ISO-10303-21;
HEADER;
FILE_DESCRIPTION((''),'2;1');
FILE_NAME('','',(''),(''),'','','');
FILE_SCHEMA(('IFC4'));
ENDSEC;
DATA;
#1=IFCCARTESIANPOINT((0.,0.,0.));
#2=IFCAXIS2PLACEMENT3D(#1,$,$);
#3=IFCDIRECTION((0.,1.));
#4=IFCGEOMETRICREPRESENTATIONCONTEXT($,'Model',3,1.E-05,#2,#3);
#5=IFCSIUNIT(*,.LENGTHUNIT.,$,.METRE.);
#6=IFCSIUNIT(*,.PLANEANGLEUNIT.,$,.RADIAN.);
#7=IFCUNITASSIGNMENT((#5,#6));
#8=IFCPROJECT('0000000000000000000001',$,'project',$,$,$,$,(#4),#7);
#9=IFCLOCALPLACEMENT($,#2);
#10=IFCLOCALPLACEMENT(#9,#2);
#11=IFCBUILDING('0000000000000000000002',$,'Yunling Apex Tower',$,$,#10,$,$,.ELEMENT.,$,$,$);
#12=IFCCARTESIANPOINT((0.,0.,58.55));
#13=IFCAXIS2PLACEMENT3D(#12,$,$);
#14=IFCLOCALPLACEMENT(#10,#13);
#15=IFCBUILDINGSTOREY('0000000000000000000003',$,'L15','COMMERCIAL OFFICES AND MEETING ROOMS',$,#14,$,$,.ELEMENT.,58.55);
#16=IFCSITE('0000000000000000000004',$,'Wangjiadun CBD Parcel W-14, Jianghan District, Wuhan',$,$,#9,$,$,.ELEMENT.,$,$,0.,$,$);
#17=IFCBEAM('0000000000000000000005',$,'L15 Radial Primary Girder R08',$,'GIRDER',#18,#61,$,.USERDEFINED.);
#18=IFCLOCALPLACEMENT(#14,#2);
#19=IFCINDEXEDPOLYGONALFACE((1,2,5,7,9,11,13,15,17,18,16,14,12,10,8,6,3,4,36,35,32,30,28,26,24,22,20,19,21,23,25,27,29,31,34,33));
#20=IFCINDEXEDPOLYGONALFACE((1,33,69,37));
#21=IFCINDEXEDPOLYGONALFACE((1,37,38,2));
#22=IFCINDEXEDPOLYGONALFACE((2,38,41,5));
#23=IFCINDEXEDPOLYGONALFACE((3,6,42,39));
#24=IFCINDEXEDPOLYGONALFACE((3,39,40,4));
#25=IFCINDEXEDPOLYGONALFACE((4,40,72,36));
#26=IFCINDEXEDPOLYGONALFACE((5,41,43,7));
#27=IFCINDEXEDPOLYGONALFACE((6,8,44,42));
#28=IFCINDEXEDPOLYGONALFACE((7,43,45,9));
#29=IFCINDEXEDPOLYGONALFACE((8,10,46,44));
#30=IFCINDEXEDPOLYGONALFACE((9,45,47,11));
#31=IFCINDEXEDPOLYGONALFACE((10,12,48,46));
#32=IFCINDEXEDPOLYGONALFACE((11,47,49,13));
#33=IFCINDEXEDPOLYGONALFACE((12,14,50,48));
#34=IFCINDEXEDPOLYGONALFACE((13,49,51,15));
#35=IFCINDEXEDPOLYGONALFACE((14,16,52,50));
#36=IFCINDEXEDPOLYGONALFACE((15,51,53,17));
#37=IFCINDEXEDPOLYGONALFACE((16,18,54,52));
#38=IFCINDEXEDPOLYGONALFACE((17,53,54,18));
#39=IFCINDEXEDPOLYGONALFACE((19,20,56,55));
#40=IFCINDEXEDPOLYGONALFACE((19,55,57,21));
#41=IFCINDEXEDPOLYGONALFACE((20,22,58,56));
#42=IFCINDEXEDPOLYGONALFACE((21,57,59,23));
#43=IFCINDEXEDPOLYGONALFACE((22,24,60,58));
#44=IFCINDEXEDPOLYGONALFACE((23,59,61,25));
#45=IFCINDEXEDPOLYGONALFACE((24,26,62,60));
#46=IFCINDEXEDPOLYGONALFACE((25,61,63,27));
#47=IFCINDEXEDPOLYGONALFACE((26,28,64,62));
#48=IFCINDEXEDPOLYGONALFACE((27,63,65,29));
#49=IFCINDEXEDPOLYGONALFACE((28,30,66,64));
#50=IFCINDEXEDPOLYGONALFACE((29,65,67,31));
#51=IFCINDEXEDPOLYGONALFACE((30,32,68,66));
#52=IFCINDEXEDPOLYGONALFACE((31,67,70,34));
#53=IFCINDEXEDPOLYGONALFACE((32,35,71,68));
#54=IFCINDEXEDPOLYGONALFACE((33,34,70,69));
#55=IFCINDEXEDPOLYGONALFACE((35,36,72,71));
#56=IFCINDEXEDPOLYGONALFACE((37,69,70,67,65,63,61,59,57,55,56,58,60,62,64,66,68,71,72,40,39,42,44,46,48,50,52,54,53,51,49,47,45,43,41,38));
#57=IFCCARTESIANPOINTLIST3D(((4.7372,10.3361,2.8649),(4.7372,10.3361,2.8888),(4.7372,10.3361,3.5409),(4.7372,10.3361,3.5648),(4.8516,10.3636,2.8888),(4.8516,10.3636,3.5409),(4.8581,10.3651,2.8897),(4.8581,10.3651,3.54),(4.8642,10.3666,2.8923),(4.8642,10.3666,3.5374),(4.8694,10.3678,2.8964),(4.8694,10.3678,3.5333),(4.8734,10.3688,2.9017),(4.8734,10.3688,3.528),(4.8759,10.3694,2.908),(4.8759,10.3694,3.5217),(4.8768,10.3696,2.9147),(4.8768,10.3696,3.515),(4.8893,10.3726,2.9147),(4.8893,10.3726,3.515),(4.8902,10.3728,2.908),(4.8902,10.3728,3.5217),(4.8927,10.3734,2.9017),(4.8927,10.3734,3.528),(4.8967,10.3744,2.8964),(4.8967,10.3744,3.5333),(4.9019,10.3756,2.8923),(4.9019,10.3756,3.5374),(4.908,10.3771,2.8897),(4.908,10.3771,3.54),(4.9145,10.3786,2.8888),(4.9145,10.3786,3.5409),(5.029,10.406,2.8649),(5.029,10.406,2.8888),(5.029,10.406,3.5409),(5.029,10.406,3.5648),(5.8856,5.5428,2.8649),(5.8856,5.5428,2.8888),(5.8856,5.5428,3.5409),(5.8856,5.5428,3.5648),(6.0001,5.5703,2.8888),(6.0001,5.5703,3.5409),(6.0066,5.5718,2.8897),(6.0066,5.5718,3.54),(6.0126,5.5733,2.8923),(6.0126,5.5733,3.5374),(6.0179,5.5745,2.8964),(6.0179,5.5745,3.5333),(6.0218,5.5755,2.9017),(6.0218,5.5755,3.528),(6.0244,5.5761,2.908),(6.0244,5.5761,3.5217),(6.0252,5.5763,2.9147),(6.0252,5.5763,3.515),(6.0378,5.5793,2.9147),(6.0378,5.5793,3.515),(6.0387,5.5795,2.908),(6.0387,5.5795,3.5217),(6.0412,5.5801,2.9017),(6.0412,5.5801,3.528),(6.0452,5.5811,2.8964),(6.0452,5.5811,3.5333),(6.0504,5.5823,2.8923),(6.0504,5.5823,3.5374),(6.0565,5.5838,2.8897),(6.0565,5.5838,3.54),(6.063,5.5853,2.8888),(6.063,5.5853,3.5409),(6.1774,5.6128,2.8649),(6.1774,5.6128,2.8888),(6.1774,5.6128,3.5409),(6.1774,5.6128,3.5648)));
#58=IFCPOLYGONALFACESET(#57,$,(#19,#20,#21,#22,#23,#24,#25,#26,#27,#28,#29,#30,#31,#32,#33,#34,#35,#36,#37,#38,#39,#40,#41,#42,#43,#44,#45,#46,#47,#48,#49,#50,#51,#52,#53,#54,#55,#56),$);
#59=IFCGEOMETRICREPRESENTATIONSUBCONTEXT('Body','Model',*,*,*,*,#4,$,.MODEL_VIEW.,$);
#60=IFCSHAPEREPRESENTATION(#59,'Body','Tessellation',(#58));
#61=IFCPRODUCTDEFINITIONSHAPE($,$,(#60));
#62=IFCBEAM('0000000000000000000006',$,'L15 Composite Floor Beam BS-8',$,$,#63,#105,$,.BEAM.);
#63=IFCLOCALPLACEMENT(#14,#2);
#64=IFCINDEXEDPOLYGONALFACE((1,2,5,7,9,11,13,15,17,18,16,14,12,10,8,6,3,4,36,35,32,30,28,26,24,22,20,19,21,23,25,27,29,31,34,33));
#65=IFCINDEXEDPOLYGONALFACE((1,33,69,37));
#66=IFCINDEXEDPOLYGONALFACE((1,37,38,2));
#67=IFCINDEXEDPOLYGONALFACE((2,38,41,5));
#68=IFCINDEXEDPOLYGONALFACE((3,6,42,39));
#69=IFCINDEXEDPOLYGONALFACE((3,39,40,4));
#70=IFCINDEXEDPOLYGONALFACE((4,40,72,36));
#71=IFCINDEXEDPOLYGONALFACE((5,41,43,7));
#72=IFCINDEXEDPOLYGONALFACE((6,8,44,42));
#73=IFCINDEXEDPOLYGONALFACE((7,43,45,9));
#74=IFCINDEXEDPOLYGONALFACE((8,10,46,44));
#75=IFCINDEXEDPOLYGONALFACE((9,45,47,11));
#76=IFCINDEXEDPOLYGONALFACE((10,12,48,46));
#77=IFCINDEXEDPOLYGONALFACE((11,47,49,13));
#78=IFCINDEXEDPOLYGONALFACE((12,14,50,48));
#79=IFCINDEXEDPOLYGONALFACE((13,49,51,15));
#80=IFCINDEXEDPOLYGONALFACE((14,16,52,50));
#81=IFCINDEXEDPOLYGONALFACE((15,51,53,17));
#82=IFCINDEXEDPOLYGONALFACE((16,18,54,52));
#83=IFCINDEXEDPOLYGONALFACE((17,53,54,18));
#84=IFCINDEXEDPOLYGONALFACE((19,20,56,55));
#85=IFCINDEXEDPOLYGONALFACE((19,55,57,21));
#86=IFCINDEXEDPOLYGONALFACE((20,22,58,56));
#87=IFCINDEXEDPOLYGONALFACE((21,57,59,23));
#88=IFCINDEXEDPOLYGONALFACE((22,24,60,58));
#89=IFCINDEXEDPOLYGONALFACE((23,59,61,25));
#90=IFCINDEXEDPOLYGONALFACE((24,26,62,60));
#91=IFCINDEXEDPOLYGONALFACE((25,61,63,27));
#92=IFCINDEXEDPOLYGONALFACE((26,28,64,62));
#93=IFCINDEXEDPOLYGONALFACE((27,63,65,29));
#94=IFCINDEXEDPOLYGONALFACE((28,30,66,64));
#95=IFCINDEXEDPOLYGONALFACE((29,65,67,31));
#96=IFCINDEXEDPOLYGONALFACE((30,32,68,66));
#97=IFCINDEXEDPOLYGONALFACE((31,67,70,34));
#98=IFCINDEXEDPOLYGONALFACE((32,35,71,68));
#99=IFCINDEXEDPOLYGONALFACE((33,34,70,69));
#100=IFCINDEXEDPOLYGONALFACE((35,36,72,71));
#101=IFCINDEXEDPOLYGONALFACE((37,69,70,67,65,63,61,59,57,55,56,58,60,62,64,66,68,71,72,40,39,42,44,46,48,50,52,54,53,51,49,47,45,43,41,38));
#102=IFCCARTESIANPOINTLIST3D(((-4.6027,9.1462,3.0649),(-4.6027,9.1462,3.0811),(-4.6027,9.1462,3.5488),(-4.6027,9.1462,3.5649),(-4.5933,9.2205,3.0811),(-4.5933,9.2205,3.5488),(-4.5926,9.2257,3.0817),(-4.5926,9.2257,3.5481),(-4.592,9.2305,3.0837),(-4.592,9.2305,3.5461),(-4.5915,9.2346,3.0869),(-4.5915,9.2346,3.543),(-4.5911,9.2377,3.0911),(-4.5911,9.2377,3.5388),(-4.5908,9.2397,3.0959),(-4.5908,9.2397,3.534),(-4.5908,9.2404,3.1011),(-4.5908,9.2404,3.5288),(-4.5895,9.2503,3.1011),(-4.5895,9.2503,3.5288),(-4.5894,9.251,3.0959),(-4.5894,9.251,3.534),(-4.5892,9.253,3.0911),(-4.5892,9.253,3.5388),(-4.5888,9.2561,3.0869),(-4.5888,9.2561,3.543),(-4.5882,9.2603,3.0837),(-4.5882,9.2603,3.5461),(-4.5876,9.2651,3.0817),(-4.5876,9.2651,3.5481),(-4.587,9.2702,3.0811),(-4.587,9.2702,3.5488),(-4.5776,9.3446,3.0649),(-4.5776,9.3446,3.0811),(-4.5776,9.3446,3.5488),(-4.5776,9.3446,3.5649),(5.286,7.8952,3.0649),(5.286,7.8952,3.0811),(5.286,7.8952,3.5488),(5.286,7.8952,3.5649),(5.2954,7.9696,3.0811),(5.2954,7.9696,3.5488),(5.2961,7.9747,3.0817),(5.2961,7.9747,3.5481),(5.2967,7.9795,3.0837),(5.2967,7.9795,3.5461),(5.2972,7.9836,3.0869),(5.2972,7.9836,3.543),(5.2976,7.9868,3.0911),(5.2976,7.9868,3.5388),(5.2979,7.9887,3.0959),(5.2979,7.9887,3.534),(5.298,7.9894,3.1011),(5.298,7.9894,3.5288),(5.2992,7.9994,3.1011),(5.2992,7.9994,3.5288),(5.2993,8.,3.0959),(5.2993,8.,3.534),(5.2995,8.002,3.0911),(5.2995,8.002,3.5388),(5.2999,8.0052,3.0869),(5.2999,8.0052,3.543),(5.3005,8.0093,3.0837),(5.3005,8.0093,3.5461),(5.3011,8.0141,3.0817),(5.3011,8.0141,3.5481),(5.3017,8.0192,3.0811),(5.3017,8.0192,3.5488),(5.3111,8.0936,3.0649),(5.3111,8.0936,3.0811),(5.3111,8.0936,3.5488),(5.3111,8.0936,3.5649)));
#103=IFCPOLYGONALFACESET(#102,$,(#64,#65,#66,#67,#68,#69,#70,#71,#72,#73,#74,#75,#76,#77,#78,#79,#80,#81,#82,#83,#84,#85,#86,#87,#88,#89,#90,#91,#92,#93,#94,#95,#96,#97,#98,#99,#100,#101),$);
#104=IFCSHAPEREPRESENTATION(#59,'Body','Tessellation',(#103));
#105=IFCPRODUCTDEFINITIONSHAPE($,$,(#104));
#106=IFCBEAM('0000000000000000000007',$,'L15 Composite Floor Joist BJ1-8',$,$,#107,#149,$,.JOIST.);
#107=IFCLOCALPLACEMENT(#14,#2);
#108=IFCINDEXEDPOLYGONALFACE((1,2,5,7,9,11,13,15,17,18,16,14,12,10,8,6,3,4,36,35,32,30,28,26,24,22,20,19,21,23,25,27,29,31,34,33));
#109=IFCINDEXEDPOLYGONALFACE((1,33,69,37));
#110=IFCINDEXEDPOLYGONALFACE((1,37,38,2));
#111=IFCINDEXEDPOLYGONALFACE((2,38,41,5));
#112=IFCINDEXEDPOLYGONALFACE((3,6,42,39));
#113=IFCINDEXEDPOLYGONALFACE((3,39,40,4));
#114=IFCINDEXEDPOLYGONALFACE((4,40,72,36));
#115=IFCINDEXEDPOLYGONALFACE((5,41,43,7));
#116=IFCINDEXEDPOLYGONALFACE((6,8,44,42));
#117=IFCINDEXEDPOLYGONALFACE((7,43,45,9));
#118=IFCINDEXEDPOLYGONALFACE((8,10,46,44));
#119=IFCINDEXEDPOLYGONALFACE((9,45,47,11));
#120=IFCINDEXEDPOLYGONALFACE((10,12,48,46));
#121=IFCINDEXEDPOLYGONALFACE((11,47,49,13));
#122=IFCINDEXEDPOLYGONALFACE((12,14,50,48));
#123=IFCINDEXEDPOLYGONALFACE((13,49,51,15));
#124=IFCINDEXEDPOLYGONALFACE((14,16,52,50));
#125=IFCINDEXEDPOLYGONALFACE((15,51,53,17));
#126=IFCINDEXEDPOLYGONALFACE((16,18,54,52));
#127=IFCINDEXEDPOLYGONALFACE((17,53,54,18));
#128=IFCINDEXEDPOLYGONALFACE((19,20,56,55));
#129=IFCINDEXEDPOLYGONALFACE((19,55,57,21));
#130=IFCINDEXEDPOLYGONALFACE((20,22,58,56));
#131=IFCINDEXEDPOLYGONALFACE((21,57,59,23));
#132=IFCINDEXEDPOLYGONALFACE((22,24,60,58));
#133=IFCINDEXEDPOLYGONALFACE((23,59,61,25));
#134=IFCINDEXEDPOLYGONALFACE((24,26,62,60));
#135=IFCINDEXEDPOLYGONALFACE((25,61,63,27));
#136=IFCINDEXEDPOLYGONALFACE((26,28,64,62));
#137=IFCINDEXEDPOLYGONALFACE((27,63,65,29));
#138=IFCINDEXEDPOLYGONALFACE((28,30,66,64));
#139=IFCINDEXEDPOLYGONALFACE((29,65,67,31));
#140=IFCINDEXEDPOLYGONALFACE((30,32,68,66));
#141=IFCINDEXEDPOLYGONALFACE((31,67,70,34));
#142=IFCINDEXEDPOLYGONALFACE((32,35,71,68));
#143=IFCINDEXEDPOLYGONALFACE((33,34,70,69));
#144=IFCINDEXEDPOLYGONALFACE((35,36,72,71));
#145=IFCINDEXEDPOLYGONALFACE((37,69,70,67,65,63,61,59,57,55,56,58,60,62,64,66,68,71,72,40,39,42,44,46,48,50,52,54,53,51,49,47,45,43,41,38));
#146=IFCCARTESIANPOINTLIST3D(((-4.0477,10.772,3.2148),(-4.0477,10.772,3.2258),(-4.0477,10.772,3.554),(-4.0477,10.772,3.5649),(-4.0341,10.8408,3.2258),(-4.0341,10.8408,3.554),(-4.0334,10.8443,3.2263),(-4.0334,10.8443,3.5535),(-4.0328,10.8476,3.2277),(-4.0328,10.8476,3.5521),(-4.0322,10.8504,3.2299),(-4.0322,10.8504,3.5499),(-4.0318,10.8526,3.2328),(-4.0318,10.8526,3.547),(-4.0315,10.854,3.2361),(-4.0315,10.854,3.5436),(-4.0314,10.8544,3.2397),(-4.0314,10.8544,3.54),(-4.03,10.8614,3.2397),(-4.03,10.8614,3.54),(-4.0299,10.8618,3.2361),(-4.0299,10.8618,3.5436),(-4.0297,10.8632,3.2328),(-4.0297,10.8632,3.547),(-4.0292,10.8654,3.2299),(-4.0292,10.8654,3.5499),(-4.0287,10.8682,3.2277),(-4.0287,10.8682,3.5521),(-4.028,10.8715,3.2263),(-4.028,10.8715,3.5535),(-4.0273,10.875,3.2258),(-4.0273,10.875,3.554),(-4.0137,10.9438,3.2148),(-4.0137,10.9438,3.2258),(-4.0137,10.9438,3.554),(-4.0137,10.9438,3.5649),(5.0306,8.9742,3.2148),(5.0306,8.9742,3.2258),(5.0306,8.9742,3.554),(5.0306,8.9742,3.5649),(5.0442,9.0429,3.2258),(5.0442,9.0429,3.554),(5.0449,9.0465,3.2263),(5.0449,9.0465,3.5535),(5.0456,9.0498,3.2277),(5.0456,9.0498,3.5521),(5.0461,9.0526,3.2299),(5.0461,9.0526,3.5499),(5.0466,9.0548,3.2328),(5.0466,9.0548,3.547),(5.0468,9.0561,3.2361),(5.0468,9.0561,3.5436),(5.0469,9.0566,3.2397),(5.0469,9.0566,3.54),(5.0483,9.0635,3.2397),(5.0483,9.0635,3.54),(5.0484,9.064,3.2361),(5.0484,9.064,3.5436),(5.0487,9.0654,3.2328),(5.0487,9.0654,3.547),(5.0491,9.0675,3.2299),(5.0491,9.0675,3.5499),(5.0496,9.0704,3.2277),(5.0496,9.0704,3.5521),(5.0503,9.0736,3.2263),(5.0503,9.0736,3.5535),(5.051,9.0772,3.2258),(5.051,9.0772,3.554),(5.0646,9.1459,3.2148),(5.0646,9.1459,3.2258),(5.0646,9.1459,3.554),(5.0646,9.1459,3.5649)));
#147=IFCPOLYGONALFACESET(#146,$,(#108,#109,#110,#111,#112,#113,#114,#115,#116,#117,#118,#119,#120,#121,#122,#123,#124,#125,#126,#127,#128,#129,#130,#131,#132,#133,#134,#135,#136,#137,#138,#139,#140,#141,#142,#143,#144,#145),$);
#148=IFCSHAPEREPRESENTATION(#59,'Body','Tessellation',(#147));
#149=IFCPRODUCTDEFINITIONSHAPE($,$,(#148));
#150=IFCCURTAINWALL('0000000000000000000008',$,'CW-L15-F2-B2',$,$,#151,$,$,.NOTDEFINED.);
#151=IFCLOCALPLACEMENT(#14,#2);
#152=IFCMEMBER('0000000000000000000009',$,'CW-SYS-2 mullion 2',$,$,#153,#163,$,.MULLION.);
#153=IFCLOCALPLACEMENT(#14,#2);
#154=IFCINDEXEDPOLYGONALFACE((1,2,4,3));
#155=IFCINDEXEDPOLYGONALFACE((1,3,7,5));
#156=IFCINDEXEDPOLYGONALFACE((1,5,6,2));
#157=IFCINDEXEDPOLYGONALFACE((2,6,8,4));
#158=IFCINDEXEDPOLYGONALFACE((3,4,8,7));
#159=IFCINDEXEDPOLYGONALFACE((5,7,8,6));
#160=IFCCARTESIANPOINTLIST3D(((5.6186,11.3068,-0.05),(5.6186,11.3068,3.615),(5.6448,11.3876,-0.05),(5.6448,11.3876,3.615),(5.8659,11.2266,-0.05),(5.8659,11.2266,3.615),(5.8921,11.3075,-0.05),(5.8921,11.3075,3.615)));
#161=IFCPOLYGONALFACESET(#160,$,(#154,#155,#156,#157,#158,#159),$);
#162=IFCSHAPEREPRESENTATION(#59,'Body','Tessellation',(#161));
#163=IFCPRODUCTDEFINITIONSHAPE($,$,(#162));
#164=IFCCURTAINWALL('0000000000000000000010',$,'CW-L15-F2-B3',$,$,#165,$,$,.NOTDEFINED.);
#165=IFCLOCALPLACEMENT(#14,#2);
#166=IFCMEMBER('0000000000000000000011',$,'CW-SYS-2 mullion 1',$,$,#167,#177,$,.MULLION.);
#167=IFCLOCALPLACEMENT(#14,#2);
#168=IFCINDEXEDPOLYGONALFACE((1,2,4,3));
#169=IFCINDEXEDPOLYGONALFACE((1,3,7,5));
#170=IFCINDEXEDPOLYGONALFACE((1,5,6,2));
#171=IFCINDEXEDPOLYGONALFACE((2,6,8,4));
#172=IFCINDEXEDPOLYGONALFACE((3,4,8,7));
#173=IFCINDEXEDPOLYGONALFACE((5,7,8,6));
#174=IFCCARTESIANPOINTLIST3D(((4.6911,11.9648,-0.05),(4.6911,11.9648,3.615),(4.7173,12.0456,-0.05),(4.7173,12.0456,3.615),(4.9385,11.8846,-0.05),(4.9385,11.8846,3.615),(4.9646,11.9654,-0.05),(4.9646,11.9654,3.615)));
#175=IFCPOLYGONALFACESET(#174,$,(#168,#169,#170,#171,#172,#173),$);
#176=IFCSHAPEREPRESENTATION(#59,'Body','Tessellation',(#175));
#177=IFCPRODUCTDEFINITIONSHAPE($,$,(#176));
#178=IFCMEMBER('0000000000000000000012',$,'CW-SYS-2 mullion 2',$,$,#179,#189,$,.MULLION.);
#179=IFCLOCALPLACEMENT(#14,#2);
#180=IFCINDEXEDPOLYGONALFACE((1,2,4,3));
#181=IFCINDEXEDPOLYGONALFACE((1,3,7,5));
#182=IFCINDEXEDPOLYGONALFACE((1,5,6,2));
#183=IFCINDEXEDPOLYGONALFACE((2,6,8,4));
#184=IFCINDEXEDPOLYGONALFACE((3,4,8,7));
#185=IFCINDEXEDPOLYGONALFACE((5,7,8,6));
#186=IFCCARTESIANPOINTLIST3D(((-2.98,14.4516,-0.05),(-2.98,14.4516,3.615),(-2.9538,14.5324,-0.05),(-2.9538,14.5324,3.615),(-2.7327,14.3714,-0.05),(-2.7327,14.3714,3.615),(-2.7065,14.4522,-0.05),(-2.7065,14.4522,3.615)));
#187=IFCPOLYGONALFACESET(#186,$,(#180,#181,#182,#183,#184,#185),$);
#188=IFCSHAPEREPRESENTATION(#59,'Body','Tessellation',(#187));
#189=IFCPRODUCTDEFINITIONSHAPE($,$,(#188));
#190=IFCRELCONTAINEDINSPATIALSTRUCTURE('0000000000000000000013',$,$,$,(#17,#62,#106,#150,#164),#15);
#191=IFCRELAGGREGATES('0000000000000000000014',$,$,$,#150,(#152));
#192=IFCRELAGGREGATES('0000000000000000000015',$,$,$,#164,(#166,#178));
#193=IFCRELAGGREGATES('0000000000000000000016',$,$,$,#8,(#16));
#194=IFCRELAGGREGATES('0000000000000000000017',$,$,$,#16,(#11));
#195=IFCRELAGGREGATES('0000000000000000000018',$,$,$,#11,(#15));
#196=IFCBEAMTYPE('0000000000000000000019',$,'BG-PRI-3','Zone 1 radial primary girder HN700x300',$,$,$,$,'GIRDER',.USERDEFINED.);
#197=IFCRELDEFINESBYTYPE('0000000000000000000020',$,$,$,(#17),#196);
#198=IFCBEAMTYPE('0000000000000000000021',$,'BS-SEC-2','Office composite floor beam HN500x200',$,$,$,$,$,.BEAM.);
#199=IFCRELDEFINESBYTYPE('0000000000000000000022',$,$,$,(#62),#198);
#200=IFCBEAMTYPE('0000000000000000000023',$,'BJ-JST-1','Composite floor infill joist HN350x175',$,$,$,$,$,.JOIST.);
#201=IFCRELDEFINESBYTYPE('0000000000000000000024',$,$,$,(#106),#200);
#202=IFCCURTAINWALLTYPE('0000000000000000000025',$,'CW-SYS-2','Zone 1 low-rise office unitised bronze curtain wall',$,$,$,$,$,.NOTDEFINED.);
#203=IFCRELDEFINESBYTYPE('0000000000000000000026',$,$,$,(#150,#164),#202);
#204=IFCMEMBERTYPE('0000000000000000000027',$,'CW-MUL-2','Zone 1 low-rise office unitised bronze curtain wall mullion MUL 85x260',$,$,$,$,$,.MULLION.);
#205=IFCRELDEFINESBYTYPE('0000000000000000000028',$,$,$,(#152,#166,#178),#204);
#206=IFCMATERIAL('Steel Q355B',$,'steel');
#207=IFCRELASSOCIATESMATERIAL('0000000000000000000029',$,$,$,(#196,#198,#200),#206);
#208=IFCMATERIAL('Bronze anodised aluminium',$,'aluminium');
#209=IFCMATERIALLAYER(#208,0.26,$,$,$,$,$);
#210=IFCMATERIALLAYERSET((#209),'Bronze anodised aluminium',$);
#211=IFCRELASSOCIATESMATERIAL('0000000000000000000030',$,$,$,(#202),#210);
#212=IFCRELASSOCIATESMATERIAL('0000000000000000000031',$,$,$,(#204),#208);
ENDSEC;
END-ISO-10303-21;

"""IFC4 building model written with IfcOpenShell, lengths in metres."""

from ifc_helpers import new_model, si_unit, direction, frame, origin, origin_2d, place, context, subcontext, project, spatial, rectangle, i_section, extrude, source, transform, mapped, material, layer, layer_set, material_profile, profile_set, type_object, element, aggregate, save


model = new_model("IFC4")

# Units and contexts
model_context = context("Model", 3, precision=1e-05, world=origin(), true_north=direction((0.0, 1.0)))
body_context = subcontext(model_context, "Body", "Model", "MODEL_VIEW")
ifc_project = project(units=[si_unit("LENGTHUNIT", "METRE"), si_unit("PLANEANGLEUNIT", "RADIAN")], contexts=[model_context])

# Site, building, storey
site_placement = place(None, origin())
site = spatial("IfcSite", under=ifc_project, at=site_placement, Name="Wangjiadun CBD Parcel W-14, Jianghan District, Wuhan", CompositionType="ELEMENT", RefElevation=0.0)
building_placement = place(site_placement, origin())
building = spatial("IfcBuilding", under=site, at=building_placement, Name="Yunling Apex Tower", CompositionType="ELEMENT")
storey_placement = place(building_placement, frame((0.0, 0.0, 58.55)))
storey = spatial("IfcBuildingStorey", under=building, at=storey_placement, Name="L15", Description="COMMERCIAL OFFICES AND MEETING ROOMS", CompositionType="ELEMENT", Elevation=58.55)

# Beams
ifc_material_1 = material(Name="Steel Q355B", Category="steel")
ifc_material_profile_1 = material_profile(ifc_material_1, i_section(OverallWidth=0.3, OverallDepth=0.7, WebThickness=0.0129, FlangeThickness=0.0239, FilletRadius=0.0259, at=origin_2d()))
ifc_profile_set_1 = profile_set([ifc_material_profile_1], Name="Steel Q355B")
beam_type_1 = type_object("IfcBeamType", Name="BG-PRI-3", Description="Zone 1 radial primary girder HN700x300", ElementType="GIRDER", PredefinedType="USERDEFINED", material=ifc_profile_set_1)
shared_shape_1 = source(origin(), body_context, "Body", "SweptSolid", [
    extrude(i_section(OverallWidth=0.3, OverallDepth=0.7, WebThickness=0.0129, FlangeThickness=0.0239, FilletRadius=0.0259, at=origin_2d()), origin(), (0.0, 0.0, 1.0), 4.929),
])
beam_1_placement = place(storey_placement, frame((4.8831, 10.3711, 3.2148), z_axis=(0.233002, -0.972476, 0.0), x_axis=(0.972476, 0.233002, 0.0)))
element("IfcBeam", 1, at=beam_1_placement, inside=storey, type_object=beam_type_1, Name="L15 Radial Primary Girder R08", ObjectType="GIRDER", PredefinedType="USERDEFINED", context=body_context, shape_type="MappedRepresentation", body=[
    mapped(shared_shape_1, transform((0.0, 0.0, 0.0), scale=1.0)),
])
ifc_material_profile_2 = material_profile(ifc_material_1, i_section(OverallWidth=0.2, OverallDepth=0.5, WebThickness=0.01, FlangeThickness=0.0161, FilletRadius=0.02, at=origin_2d()))
ifc_profile_set_2 = profile_set([ifc_material_profile_2], Name="Steel Q355B")
beam_type_2 = type_object("IfcBeamType", Name="BS-SEC-2", Description="Office composite floor beam HN500x200", PredefinedType="BEAM", material=ifc_profile_set_2)
shared_shape_2 = source(origin(), body_context, "Body", "SweptSolid", [
    extrude(i_section(OverallWidth=0.2, OverallDepth=0.5, WebThickness=0.01, FlangeThickness=0.0161, FilletRadius=0.02, at=origin_2d()), origin(), (0.0, 0.0, 1.0), 9.9675),
])
beam_2_placement = place(storey_placement, frame((5.2986, 7.9944, 3.3149), z_axis=(-0.992093, 0.125506, 0.0), x_axis=(-0.125506, -0.992093, 0.0)))
element("IfcBeam", 2, at=beam_2_placement, inside=storey, type_object=beam_type_2, Name="L15 Composite Floor Beam BS-8", PredefinedType="BEAM", context=body_context, shape_type="MappedRepresentation", body=[
    mapped(shared_shape_2, transform((0.0, 0.0, 0.0), scale=1.0)),
])
ifc_material_profile_3 = material_profile(ifc_material_1, i_section(OverallWidth=0.175, OverallDepth=0.3501, WebThickness=0.0071, FlangeThickness=0.011, FilletRadius=0.0139, at=origin_2d()))
ifc_profile_set_3 = profile_set([ifc_material_profile_3], Name="Steel Q355B")
beam_type_3 = type_object("IfcBeamType", Name="BJ-JST-1", Description="Composite floor infill joist HN350x175", PredefinedType="JOIST", material=ifc_profile_set_3)
shared_shape_3 = source(origin(), body_context, "Body", "SweptSolid", [
    extrude(i_section(OverallWidth=0.175, OverallDepth=0.3501, WebThickness=0.0071, FlangeThickness=0.011, FilletRadius=0.0139, at=origin_2d()), origin(), (0.0, 0.0, 1.0), 9.2546),
])
beam_3_placement = place(storey_placement, frame((5.0476, 9.0601, 3.3899), z_axis=(-0.980949, 0.194264, 0.0), x_axis=(-0.194264, -0.980949, 0.0)))
element("IfcBeam", 3, at=beam_3_placement, inside=storey, type_object=beam_type_3, Name="L15 Composite Floor Joist BJ1-8", PredefinedType="JOIST", context=body_context, shape_type="MappedRepresentation", body=[
    mapped(shared_shape_3, transform((0.0, 0.0, 0.0), scale=1.0)),
])

# Curtain wall, member
ifc_material_2 = material(Name="Bronze anodised aluminium", Category="aluminium")
ifc_layer_1 = layer(ifc_material_2, 0.26)
ifc_layer_set_1 = layer_set([ifc_layer_1], Name="Bronze anodised aluminium")
curtain_wall_type = type_object("IfcCurtainWallType", Name="CW-SYS-2", Description="Zone 1 low-rise office unitised bronze curtain wall", PredefinedType="NOTDEFINED", material=ifc_layer_set_1)
curtain_wall_1_placement = place(storey_placement, origin())
curtain_wall_1 = element("IfcCurtainWall", 4, at=curtain_wall_1_placement, inside=storey, type_object=curtain_wall_type, Name="CW-L15-F2-B2", PredefinedType="NOTDEFINED")
ifc_material_profile_4 = material_profile(ifc_material_2, rectangle(XDim=0.085, YDim=0.26, at=origin_2d()))
ifc_profile_set_4 = profile_set([ifc_material_profile_4], Name="Bronze anodised aluminium")
member_type_1 = type_object("IfcMemberType", Name="CW-MUL-2", Description="Zone 1 low-rise office unitised bronze curtain wall mullion MUL 85x260", PredefinedType="MULLION", material=ifc_profile_set_4)
shared_shape_4 = source(origin(), body_context, "Body", "SweptSolid", [
    extrude(rectangle(XDim=0.085, YDim=0.26, at=origin_2d()), origin(), (0.0, 0.0, 1.0), 3.665),
])
member_1_placement = place(storey_placement, frame((5.7554, 11.3071, -0.05), z_axis=(0.0, 0.0, 1.0), x_axis=(-0.308352, -0.951272, 0.0)))
member_1 = element("IfcMember", 5, at=member_1_placement, type_object=member_type_1, Name="CW-SYS-2 mullion 2", PredefinedType="MULLION", context=body_context, shape_type="MappedRepresentation", body=[
    mapped(shared_shape_4, transform((0.0, 0.0, 0.0), scale=1.0)),
])
aggregate(curtain_wall_1, [member_1])

# Curtain wall, members
curtain_wall_2_placement = place(storey_placement, origin())
curtain_wall_2 = element("IfcCurtainWall", 6, at=curtain_wall_2_placement, inside=storey, type_object=curtain_wall_type, Name="CW-L15-F2-B3", PredefinedType="NOTDEFINED")
member_2_placement = place(storey_placement, frame((4.8279, 11.9651, -0.05), z_axis=(0.0, 0.0, 1.0), x_axis=(-0.308368, -0.951267, 0.0)))
member_2 = element("IfcMember", 7, at=member_2_placement, type_object=member_type_1, Name="CW-SYS-2 mullion 1", PredefinedType="MULLION", context=body_context, shape_type="MappedRepresentation", body=[
    mapped(shared_shape_4, transform((0.0, 0.0, 0.0), scale=1.0)),
])
member_3_placement = place(storey_placement, frame((-2.8433, 14.4519, -0.05), z_axis=(0.0, 0.0, 1.0), x_axis=(-0.308368, -0.951267, 0.0)))
member_3 = element("IfcMember", 8, at=member_3_placement, type_object=member_type_1, Name="CW-SYS-2 mullion 2", PredefinedType="MULLION", context=body_context, shape_type="MappedRepresentation", body=[
    mapped(shared_shape_4, transform((0.0, 0.0, 0.0), scale=1.0)),
])

aggregate(curtain_wall_2, [member_2, member_3])

save(model, "model.ifc")
